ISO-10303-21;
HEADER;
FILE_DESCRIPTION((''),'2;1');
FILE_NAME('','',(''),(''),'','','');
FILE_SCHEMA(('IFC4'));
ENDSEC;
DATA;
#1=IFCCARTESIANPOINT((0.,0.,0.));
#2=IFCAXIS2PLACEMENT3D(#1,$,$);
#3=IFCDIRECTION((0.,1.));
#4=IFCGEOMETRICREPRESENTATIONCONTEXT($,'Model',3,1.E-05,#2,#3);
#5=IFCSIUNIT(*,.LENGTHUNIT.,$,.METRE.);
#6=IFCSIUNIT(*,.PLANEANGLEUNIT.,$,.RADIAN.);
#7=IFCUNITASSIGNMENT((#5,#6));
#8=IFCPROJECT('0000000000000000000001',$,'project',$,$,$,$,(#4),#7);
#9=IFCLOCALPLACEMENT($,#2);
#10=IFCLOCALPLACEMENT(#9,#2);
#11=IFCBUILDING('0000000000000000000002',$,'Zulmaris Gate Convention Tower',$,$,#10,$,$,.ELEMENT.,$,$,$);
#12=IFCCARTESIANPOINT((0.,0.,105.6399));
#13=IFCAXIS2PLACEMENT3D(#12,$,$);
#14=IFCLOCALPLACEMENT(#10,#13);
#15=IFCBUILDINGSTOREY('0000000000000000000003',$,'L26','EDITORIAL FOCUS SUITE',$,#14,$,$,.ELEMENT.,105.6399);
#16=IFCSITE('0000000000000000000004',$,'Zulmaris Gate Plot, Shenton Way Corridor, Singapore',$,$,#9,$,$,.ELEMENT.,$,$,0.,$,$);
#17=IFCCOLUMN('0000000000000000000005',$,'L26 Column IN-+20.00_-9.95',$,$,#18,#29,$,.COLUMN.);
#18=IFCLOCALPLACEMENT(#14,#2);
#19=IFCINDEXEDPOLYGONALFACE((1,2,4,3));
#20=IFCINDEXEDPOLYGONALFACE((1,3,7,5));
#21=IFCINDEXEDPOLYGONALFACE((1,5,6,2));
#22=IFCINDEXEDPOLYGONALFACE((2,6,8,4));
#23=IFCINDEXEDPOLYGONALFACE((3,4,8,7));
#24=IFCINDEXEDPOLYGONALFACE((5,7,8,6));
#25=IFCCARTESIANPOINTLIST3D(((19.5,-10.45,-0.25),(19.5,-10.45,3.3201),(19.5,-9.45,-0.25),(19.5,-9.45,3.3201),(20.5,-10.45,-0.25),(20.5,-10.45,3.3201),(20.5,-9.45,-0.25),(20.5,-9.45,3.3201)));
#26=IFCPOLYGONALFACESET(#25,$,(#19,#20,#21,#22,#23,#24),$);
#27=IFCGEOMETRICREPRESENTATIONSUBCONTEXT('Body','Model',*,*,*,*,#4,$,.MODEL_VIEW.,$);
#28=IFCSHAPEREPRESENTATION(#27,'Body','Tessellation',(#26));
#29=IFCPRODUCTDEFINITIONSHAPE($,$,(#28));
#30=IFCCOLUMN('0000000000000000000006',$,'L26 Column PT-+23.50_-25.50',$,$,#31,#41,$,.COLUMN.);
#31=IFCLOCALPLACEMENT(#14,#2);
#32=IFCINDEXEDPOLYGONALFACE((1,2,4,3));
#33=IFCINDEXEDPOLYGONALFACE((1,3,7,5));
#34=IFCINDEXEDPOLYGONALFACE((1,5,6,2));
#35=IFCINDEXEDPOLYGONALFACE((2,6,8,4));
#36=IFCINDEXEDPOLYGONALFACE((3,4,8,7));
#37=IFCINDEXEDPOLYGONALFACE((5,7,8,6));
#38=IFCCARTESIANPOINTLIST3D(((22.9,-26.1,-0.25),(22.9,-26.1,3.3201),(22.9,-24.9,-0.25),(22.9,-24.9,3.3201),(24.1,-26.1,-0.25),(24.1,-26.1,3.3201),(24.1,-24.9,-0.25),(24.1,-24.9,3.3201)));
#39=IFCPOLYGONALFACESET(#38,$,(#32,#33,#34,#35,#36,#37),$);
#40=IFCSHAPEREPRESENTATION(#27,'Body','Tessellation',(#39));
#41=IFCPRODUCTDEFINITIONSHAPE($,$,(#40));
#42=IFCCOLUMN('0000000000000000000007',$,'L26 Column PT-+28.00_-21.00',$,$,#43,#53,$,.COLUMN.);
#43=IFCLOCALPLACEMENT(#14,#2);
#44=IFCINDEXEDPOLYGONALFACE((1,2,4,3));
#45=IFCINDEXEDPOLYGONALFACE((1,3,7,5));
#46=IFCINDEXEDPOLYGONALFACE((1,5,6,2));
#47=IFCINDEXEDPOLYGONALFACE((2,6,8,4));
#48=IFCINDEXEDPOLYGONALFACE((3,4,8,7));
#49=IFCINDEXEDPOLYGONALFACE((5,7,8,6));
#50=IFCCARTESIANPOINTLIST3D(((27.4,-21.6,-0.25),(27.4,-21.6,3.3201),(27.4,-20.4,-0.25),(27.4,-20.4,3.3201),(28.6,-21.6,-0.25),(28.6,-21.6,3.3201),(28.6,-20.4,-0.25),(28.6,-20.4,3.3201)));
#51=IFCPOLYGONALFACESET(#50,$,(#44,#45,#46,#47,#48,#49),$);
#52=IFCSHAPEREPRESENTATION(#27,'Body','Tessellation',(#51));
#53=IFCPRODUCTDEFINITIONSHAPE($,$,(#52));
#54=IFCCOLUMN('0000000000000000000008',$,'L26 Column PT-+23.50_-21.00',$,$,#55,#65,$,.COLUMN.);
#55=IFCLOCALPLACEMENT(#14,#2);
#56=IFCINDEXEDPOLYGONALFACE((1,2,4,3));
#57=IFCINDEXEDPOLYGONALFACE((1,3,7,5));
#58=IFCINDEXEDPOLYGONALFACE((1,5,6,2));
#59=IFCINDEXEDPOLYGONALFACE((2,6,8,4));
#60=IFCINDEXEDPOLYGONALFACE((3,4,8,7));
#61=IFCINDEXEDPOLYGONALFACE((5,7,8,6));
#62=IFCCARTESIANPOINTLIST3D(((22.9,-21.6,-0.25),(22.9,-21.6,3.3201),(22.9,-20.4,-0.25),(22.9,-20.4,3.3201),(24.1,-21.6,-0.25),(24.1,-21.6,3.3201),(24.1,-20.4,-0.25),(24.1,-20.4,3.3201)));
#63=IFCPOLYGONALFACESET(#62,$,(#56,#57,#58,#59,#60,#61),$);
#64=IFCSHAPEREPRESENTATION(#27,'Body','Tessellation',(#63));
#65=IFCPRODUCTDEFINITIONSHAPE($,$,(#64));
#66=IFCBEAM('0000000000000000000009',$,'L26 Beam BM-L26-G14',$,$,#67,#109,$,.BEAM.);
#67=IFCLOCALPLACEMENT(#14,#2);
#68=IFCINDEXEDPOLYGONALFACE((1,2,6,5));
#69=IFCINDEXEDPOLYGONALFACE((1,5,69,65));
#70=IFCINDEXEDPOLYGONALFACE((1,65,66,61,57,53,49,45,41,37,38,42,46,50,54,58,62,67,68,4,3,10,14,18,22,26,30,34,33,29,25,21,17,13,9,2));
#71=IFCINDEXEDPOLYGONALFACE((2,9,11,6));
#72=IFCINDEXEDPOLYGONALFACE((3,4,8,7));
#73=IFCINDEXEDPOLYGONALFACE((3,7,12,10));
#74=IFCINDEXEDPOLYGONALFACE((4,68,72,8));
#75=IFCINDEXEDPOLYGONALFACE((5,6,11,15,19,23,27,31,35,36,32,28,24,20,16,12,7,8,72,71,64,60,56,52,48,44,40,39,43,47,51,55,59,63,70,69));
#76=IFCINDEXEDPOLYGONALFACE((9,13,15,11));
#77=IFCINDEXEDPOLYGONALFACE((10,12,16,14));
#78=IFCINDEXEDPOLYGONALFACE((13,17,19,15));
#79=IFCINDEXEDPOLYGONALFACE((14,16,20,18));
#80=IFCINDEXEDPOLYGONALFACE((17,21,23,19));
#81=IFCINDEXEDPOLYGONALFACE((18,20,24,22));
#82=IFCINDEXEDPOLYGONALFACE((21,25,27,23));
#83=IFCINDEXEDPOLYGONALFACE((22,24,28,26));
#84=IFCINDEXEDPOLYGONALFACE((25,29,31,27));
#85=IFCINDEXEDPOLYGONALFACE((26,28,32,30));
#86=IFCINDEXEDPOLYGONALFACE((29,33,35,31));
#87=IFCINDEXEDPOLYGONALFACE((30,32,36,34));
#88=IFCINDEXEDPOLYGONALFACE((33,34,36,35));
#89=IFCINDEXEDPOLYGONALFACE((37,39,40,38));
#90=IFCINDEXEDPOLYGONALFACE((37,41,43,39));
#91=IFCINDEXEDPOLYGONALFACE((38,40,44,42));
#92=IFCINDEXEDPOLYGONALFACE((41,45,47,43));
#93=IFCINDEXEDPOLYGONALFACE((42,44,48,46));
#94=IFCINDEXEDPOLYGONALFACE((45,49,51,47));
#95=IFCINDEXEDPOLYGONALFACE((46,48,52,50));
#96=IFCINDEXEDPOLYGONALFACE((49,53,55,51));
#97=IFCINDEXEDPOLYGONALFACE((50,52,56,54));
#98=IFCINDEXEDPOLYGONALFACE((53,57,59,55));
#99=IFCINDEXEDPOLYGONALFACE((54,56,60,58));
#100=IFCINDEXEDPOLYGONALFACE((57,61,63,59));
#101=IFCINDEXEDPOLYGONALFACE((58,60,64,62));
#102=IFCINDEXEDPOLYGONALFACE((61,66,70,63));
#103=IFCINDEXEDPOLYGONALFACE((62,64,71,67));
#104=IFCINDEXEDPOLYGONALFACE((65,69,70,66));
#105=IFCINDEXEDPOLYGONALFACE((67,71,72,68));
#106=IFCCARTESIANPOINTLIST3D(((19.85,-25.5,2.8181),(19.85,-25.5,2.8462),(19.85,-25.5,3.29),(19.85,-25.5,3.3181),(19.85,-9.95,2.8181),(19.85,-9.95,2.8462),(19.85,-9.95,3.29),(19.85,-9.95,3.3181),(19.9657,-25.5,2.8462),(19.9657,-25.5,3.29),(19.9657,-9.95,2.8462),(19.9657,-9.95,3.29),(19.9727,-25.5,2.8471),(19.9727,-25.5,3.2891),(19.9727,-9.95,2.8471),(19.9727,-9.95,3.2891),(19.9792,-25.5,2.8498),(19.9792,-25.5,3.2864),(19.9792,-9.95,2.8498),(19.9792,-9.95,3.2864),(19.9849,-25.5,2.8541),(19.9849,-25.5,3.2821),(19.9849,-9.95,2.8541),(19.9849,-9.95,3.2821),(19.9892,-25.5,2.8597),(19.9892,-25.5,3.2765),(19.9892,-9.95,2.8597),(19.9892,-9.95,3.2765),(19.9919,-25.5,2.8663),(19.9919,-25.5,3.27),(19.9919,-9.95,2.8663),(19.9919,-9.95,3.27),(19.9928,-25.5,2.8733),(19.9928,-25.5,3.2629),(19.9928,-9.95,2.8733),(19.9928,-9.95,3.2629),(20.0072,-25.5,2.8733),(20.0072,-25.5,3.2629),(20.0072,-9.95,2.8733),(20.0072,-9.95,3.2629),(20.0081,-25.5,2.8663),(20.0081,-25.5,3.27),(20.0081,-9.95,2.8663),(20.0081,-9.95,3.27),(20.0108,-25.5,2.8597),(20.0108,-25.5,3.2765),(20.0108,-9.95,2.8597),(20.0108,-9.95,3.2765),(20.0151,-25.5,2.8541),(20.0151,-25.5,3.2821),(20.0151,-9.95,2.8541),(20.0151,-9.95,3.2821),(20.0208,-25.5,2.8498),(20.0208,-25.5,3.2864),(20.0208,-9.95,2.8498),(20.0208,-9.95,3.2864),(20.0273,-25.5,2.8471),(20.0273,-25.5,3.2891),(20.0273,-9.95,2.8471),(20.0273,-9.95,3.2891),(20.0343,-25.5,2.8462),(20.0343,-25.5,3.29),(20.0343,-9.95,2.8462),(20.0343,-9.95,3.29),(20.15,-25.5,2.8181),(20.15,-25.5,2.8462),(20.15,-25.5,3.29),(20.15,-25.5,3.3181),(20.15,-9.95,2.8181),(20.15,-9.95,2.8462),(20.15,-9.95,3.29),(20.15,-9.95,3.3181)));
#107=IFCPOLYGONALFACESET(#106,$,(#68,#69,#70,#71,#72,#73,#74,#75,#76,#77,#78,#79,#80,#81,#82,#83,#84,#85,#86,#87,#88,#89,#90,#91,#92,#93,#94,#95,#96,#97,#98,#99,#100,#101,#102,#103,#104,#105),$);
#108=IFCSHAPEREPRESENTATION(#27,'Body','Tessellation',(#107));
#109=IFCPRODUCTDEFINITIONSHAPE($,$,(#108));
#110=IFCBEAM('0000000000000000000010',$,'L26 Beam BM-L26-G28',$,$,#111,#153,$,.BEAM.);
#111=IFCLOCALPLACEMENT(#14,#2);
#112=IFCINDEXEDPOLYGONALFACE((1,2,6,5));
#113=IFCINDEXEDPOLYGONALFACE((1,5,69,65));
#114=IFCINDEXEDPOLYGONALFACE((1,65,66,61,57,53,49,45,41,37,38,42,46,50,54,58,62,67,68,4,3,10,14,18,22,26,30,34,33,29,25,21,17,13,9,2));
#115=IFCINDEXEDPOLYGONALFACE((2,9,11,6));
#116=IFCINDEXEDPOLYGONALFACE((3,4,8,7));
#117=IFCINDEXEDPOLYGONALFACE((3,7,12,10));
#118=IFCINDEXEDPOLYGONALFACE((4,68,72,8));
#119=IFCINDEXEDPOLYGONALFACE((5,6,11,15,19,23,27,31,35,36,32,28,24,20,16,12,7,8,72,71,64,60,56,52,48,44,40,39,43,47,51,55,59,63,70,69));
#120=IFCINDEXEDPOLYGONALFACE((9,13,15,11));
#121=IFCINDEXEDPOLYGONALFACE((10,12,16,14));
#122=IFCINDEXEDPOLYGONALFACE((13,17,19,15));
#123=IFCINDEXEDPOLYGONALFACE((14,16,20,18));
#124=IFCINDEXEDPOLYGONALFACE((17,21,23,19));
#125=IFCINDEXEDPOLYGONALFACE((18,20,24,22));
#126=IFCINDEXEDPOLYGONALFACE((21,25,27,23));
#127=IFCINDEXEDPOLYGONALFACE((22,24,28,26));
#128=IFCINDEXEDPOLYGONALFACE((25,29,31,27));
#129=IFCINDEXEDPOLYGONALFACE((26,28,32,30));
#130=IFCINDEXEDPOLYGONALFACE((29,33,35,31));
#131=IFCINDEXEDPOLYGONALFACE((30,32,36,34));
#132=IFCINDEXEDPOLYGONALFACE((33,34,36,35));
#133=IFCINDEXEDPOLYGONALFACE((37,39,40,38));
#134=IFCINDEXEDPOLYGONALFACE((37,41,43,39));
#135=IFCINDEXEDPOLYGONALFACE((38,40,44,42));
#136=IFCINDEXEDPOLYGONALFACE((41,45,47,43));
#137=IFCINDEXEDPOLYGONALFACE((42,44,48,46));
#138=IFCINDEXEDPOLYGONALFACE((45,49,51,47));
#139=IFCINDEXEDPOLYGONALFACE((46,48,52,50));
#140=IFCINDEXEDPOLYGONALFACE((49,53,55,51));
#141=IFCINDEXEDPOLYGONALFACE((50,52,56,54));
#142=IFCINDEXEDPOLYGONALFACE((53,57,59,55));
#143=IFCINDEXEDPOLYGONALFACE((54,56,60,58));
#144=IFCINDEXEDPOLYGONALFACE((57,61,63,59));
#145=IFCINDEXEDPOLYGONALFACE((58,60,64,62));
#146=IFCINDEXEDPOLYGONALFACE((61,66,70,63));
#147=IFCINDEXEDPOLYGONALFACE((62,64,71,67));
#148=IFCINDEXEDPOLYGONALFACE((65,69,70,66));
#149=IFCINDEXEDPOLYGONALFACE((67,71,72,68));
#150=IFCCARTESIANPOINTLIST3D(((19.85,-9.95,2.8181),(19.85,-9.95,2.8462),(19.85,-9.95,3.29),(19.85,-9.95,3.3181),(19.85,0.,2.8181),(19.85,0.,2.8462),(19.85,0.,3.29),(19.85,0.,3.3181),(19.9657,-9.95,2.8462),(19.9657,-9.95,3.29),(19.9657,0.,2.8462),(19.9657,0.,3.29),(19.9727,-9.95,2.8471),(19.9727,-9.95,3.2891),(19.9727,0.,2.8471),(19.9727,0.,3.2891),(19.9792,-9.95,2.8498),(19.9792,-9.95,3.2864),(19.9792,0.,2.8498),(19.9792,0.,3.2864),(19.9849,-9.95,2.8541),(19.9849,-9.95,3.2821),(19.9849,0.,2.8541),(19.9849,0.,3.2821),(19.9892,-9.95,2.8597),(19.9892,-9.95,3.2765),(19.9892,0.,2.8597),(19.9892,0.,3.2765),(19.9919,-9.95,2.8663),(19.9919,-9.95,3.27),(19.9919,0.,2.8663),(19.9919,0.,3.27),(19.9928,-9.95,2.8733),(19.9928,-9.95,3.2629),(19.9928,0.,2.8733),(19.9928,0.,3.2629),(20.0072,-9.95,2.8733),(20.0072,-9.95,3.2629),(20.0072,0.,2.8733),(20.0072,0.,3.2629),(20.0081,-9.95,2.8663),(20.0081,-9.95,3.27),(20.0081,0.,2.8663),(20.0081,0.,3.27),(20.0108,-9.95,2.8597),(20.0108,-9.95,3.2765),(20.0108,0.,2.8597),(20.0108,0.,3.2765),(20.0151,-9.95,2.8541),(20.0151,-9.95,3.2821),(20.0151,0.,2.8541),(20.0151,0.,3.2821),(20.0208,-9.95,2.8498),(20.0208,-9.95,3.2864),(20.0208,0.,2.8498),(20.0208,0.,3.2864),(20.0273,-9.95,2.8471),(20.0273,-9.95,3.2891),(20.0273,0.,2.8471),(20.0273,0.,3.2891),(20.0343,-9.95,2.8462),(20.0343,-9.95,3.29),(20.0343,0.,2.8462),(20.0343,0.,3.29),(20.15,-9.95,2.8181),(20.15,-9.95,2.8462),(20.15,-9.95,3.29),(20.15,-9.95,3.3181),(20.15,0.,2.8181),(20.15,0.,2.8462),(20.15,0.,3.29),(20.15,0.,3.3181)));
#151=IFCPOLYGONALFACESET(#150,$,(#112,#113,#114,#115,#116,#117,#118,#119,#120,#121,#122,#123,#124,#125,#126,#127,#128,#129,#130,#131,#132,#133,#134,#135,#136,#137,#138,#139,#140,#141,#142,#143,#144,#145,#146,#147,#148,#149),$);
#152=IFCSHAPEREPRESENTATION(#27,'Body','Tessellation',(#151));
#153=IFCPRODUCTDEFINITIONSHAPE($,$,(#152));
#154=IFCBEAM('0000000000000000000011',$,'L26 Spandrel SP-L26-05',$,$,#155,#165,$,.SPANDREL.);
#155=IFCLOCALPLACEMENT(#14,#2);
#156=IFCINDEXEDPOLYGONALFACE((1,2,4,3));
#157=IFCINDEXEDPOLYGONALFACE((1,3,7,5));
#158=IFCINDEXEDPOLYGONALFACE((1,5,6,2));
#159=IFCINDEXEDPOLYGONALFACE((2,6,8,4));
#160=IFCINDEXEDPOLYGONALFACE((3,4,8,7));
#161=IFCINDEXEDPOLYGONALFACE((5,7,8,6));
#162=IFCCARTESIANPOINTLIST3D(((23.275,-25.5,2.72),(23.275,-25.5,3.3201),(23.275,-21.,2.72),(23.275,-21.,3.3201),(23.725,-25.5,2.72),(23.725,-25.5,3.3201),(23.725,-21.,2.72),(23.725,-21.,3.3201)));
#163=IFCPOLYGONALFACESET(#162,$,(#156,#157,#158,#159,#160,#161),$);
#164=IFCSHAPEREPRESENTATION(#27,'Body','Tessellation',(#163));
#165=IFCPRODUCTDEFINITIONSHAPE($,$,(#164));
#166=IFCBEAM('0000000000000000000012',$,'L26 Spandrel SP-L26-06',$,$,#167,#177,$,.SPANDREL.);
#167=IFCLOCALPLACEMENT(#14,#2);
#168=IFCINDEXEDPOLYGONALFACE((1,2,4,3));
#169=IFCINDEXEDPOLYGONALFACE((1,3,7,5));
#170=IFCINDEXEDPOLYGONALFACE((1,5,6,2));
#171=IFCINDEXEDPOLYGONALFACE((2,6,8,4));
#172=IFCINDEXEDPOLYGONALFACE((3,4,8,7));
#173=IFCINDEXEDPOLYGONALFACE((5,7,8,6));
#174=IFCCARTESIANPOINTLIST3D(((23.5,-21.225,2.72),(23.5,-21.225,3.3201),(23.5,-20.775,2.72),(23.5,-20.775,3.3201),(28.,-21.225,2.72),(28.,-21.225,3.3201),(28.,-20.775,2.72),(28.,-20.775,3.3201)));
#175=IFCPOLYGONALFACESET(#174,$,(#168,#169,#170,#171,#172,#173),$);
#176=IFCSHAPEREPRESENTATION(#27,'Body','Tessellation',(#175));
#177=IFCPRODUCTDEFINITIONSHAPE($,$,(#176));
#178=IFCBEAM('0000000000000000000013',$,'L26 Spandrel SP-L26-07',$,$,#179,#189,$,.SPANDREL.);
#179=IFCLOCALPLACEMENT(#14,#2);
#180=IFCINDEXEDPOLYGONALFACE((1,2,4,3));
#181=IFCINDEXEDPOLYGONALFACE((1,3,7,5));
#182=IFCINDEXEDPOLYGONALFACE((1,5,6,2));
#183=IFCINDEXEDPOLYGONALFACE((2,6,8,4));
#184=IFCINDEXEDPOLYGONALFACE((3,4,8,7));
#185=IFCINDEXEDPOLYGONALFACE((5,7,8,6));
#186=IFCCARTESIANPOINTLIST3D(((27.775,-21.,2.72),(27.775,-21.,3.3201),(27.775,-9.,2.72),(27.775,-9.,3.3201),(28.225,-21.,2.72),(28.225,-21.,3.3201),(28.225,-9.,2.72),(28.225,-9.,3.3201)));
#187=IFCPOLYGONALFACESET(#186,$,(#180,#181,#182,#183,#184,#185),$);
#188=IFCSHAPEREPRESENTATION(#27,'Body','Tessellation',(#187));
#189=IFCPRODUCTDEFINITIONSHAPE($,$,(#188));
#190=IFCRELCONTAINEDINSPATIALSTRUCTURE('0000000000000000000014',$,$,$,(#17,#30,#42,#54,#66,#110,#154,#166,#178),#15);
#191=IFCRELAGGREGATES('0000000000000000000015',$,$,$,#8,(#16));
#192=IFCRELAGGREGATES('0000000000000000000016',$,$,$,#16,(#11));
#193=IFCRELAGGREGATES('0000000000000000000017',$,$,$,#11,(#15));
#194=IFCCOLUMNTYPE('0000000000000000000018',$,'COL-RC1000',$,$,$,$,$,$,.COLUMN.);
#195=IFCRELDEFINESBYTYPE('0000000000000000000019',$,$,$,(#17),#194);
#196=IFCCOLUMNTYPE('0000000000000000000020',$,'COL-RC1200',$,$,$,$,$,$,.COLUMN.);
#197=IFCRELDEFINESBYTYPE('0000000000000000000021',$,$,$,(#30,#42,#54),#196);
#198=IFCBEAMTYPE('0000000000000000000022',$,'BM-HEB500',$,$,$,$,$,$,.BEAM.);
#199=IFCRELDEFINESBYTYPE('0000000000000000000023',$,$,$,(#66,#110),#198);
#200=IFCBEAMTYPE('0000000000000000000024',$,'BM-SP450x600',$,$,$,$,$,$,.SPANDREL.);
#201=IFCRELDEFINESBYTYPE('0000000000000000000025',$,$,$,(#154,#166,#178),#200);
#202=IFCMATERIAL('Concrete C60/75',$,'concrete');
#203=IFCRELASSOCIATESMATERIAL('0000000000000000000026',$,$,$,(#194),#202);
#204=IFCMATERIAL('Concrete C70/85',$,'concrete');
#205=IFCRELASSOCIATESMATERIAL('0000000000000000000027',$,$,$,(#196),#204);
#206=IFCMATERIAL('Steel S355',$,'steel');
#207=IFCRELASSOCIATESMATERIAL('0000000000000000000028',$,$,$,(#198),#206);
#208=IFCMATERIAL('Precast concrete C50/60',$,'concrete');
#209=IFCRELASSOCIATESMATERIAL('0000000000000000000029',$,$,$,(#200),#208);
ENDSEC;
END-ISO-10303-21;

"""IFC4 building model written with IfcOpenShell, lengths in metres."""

from ifc_helpers import new_model, si_unit, direction, frame, origin, origin_2d, place, context, subcontext, project, spatial, rectangle, i_section, extrude, material, material_profile, profile_set, type_object, element, save


model = new_model("IFC4")

# Units and contexts
model_context = context("Model", 3, precision=1e-05, world=origin(), true_north=direction((0.0, 1.0)))
body_context = subcontext(model_context, "Body", "Model", "MODEL_VIEW")
ifc_project = project(units=[si_unit("LENGTHUNIT", "METRE"), si_unit("PLANEANGLEUNIT", "RADIAN")], contexts=[model_context])

# Site, building, storey
site_placement = place(None, origin())
site = spatial("IfcSite", under=ifc_project, at=site_placement, Name="Zulmaris Gate Plot, Shenton Way Corridor, Singapore", CompositionType="ELEMENT", RefElevation=0.0)
building_placement = place(site_placement, origin())
building = spatial("IfcBuilding", under=site, at=building_placement, Name="Zulmaris Gate Convention Tower", CompositionType="ELEMENT")
storey_placement = place(building_placement, frame((0.0, 0.0, 105.6399)))
storey = spatial("IfcBuildingStorey", under=building, at=storey_placement, Name="L26", Description="EDITORIAL FOCUS SUITE", CompositionType="ELEMENT", Elevation=105.6399)

# Columns
ifc_material_1 = material(Name="Concrete C60/75", Category="concrete")
ifc_material_profile_1 = material_profile(ifc_material_1, rectangle(XDim=1.0, YDim=1.0, at=origin_2d()), Name="RC COL 1000x1000")
ifc_profile_set_1 = profile_set([ifc_material_profile_1], Name="Concrete C60/75")
column_type_1 = type_object("IfcColumnType", Name="COL-RC1000", PredefinedType="COLUMN", material=ifc_profile_set_1)
column_placement = place(storey_placement, frame((20.0, -9.95, -0.25), z_axis=(0.0, 0.0, 1.0), x_axis=(1.0, 0.0, 0.0)))
element("IfcColumn", 1, at=column_placement, inside=storey, type_object=column_type_1, Name="L26 Column IN-+20.00_-9.95", PredefinedType="COLUMN", context=body_context, shape_type="SweptSolid", body=[
    extrude(rectangle(XDim=1.0, YDim=1.0, at=origin_2d()), origin(), (0.0, 0.0, 1.0), 3.5701),
])
ifc_material_2 = material(Name="Concrete C70/85", Category="concrete")
ifc_material_profile_2 = material_profile(ifc_material_2, rectangle(XDim=1.2, YDim=1.2, at=origin_2d()), Name="RC COL 1200x1200")
ifc_profile_set_2 = profile_set([ifc_material_profile_2], Name="Concrete C70/85")
column_type_2 = type_object("IfcColumnType", Name="COL-RC1200", PredefinedType="COLUMN", material=ifc_profile_set_2)
for number, where, z_axis, x_axis, name in (
    (2, (23.5, -25.5, -0.25), (0.0, 0.0, 1.0), (1.0, 0.0, 0.0), "L26 Column PT-+23.50_-25.50"),
    (3, (28.0, -21.0, -0.25), (0.0, 0.0, 1.0), (1.0, 0.0, 0.0), "L26 Column PT-+28.00_-21.00"),
    (4, (23.5, -21.0, -0.25), (0.0, 0.0, 1.0), (1.0, 0.0, 0.0), "L26 Column PT-+23.50_-21.00"),
):
    element("IfcColumn", number, at=place(storey_placement, frame(where, z_axis=z_axis, x_axis=x_axis)), inside=storey, type_object=column_type_2, Name=name, PredefinedType="COLUMN", context=body_context, shape_type="SweptSolid", body=[
        extrude(rectangle(XDim=1.2, YDim=1.2, at=origin_2d()), origin(), (0.0, 0.0, 1.0), 3.5701),
    ])

# Beams
ifc_material_3 = material(Name="Steel S355", Category="steel")
ifc_material_profile_3 = material_profile(ifc_material_3, i_section(OverallWidth=0.3, OverallDepth=0.5, WebThickness=0.0144, FlangeThickness=0.0281, FilletRadius=0.0271, at=origin_2d()), Name="HEB 500")
ifc_profile_set_3 = profile_set([ifc_material_profile_3], Name="Steel S355")
beam_type_1 = type_object("IfcBeamType", Name="BM-HEB500", PredefinedType="BEAM", material=ifc_profile_set_3)
beam_1_placement = place(storey_placement, frame((20.0, -25.5, 3.0681), z_axis=(0.0, 1.0, 0.0), x_axis=(-1.0, 0.0, 0.0)))
element("IfcBeam", 5, at=beam_1_placement, inside=storey, type_object=beam_type_1, Name="L26 Beam BM-L26-G14", PredefinedType="BEAM", context=body_context, shape_type="SweptSolid", body=[
    extrude(i_section(OverallWidth=0.3, OverallDepth=0.5, WebThickness=0.0144, FlangeThickness=0.0281, FilletRadius=0.0271, at=origin_2d()), origin(), (0.0, 0.0, 1.0), 15.55),
])
beam_2_placement = place(storey_placement, frame((20.0, -9.95, 3.0681), z_axis=(0.0, 1.0, 0.0), x_axis=(-1.0, 0.0, 0.0)))
element("IfcBeam", 6, at=beam_2_placement, inside=storey, type_object=beam_type_1, Name="L26 Beam BM-L26-G28", PredefinedType="BEAM", context=body_context, shape_type="SweptSolid", body=[
    extrude(i_section(OverallWidth=0.3, OverallDepth=0.5, WebThickness=0.0144, FlangeThickness=0.0281, FilletRadius=0.0271, at=origin_2d()), origin(), (0.0, 0.0, 1.0), 9.95),
])
ifc_material_4 = material(Name="Precast concrete C50/60", Category="concrete")
ifc_material_profile_4 = material_profile(ifc_material_4, rectangle(XDim=0.45, YDim=0.6001, at=origin_2d()), Name="RC SPANDREL 450x600")
ifc_profile_set_4 = profile_set([ifc_material_profile_4], Name="Precast concrete C50/60")
beam_type_2 = type_object("IfcBeamType", Name="BM-SP450x600", PredefinedType="SPANDREL", material=ifc_profile_set_4)
for number, where, z_axis, x_axis, name in (
    (7, (23.5, -25.5, 3.02), (0.0, 1.0, 0.0), (-1.0, 0.0, 0.0), "L26 Spandrel SP-L26-05"),
    (8, (23.5, -21.0, 3.02), (1.0, 0.0, 0.0), (0.0, 1.0, 0.0), "L26 Spandrel SP-L26-06"),
):
    element("IfcBeam", number, at=place(storey_placement, frame(where, z_axis=z_axis, x_axis=x_axis)), inside=storey, type_object=beam_type_2, Name=name, PredefinedType="SPANDREL", context=body_context, shape_type="SweptSolid", body=[
        extrude(rectangle(XDim=0.45, YDim=0.6001, at=origin_2d()), origin(), (0.0, 0.0, 1.0), 4.5),
    ])
beam_3_placement = place(storey_placement, frame((28.0, -21.0, 3.02), z_axis=(0.0, 1.0, 0.0), x_axis=(-1.0, 0.0, 0.0)))
element("IfcBeam", 9, at=beam_3_placement, inside=storey, type_object=beam_type_2, Name="L26 Spandrel SP-L26-07", PredefinedType="SPANDREL", context=body_context, shape_type="SweptSolid", body=[
    extrude(rectangle(XDim=0.45, YDim=0.6001, at=origin_2d()), origin(), (0.0, 0.0, 1.0), 12.0),
])

save(model, "model.ifc")
